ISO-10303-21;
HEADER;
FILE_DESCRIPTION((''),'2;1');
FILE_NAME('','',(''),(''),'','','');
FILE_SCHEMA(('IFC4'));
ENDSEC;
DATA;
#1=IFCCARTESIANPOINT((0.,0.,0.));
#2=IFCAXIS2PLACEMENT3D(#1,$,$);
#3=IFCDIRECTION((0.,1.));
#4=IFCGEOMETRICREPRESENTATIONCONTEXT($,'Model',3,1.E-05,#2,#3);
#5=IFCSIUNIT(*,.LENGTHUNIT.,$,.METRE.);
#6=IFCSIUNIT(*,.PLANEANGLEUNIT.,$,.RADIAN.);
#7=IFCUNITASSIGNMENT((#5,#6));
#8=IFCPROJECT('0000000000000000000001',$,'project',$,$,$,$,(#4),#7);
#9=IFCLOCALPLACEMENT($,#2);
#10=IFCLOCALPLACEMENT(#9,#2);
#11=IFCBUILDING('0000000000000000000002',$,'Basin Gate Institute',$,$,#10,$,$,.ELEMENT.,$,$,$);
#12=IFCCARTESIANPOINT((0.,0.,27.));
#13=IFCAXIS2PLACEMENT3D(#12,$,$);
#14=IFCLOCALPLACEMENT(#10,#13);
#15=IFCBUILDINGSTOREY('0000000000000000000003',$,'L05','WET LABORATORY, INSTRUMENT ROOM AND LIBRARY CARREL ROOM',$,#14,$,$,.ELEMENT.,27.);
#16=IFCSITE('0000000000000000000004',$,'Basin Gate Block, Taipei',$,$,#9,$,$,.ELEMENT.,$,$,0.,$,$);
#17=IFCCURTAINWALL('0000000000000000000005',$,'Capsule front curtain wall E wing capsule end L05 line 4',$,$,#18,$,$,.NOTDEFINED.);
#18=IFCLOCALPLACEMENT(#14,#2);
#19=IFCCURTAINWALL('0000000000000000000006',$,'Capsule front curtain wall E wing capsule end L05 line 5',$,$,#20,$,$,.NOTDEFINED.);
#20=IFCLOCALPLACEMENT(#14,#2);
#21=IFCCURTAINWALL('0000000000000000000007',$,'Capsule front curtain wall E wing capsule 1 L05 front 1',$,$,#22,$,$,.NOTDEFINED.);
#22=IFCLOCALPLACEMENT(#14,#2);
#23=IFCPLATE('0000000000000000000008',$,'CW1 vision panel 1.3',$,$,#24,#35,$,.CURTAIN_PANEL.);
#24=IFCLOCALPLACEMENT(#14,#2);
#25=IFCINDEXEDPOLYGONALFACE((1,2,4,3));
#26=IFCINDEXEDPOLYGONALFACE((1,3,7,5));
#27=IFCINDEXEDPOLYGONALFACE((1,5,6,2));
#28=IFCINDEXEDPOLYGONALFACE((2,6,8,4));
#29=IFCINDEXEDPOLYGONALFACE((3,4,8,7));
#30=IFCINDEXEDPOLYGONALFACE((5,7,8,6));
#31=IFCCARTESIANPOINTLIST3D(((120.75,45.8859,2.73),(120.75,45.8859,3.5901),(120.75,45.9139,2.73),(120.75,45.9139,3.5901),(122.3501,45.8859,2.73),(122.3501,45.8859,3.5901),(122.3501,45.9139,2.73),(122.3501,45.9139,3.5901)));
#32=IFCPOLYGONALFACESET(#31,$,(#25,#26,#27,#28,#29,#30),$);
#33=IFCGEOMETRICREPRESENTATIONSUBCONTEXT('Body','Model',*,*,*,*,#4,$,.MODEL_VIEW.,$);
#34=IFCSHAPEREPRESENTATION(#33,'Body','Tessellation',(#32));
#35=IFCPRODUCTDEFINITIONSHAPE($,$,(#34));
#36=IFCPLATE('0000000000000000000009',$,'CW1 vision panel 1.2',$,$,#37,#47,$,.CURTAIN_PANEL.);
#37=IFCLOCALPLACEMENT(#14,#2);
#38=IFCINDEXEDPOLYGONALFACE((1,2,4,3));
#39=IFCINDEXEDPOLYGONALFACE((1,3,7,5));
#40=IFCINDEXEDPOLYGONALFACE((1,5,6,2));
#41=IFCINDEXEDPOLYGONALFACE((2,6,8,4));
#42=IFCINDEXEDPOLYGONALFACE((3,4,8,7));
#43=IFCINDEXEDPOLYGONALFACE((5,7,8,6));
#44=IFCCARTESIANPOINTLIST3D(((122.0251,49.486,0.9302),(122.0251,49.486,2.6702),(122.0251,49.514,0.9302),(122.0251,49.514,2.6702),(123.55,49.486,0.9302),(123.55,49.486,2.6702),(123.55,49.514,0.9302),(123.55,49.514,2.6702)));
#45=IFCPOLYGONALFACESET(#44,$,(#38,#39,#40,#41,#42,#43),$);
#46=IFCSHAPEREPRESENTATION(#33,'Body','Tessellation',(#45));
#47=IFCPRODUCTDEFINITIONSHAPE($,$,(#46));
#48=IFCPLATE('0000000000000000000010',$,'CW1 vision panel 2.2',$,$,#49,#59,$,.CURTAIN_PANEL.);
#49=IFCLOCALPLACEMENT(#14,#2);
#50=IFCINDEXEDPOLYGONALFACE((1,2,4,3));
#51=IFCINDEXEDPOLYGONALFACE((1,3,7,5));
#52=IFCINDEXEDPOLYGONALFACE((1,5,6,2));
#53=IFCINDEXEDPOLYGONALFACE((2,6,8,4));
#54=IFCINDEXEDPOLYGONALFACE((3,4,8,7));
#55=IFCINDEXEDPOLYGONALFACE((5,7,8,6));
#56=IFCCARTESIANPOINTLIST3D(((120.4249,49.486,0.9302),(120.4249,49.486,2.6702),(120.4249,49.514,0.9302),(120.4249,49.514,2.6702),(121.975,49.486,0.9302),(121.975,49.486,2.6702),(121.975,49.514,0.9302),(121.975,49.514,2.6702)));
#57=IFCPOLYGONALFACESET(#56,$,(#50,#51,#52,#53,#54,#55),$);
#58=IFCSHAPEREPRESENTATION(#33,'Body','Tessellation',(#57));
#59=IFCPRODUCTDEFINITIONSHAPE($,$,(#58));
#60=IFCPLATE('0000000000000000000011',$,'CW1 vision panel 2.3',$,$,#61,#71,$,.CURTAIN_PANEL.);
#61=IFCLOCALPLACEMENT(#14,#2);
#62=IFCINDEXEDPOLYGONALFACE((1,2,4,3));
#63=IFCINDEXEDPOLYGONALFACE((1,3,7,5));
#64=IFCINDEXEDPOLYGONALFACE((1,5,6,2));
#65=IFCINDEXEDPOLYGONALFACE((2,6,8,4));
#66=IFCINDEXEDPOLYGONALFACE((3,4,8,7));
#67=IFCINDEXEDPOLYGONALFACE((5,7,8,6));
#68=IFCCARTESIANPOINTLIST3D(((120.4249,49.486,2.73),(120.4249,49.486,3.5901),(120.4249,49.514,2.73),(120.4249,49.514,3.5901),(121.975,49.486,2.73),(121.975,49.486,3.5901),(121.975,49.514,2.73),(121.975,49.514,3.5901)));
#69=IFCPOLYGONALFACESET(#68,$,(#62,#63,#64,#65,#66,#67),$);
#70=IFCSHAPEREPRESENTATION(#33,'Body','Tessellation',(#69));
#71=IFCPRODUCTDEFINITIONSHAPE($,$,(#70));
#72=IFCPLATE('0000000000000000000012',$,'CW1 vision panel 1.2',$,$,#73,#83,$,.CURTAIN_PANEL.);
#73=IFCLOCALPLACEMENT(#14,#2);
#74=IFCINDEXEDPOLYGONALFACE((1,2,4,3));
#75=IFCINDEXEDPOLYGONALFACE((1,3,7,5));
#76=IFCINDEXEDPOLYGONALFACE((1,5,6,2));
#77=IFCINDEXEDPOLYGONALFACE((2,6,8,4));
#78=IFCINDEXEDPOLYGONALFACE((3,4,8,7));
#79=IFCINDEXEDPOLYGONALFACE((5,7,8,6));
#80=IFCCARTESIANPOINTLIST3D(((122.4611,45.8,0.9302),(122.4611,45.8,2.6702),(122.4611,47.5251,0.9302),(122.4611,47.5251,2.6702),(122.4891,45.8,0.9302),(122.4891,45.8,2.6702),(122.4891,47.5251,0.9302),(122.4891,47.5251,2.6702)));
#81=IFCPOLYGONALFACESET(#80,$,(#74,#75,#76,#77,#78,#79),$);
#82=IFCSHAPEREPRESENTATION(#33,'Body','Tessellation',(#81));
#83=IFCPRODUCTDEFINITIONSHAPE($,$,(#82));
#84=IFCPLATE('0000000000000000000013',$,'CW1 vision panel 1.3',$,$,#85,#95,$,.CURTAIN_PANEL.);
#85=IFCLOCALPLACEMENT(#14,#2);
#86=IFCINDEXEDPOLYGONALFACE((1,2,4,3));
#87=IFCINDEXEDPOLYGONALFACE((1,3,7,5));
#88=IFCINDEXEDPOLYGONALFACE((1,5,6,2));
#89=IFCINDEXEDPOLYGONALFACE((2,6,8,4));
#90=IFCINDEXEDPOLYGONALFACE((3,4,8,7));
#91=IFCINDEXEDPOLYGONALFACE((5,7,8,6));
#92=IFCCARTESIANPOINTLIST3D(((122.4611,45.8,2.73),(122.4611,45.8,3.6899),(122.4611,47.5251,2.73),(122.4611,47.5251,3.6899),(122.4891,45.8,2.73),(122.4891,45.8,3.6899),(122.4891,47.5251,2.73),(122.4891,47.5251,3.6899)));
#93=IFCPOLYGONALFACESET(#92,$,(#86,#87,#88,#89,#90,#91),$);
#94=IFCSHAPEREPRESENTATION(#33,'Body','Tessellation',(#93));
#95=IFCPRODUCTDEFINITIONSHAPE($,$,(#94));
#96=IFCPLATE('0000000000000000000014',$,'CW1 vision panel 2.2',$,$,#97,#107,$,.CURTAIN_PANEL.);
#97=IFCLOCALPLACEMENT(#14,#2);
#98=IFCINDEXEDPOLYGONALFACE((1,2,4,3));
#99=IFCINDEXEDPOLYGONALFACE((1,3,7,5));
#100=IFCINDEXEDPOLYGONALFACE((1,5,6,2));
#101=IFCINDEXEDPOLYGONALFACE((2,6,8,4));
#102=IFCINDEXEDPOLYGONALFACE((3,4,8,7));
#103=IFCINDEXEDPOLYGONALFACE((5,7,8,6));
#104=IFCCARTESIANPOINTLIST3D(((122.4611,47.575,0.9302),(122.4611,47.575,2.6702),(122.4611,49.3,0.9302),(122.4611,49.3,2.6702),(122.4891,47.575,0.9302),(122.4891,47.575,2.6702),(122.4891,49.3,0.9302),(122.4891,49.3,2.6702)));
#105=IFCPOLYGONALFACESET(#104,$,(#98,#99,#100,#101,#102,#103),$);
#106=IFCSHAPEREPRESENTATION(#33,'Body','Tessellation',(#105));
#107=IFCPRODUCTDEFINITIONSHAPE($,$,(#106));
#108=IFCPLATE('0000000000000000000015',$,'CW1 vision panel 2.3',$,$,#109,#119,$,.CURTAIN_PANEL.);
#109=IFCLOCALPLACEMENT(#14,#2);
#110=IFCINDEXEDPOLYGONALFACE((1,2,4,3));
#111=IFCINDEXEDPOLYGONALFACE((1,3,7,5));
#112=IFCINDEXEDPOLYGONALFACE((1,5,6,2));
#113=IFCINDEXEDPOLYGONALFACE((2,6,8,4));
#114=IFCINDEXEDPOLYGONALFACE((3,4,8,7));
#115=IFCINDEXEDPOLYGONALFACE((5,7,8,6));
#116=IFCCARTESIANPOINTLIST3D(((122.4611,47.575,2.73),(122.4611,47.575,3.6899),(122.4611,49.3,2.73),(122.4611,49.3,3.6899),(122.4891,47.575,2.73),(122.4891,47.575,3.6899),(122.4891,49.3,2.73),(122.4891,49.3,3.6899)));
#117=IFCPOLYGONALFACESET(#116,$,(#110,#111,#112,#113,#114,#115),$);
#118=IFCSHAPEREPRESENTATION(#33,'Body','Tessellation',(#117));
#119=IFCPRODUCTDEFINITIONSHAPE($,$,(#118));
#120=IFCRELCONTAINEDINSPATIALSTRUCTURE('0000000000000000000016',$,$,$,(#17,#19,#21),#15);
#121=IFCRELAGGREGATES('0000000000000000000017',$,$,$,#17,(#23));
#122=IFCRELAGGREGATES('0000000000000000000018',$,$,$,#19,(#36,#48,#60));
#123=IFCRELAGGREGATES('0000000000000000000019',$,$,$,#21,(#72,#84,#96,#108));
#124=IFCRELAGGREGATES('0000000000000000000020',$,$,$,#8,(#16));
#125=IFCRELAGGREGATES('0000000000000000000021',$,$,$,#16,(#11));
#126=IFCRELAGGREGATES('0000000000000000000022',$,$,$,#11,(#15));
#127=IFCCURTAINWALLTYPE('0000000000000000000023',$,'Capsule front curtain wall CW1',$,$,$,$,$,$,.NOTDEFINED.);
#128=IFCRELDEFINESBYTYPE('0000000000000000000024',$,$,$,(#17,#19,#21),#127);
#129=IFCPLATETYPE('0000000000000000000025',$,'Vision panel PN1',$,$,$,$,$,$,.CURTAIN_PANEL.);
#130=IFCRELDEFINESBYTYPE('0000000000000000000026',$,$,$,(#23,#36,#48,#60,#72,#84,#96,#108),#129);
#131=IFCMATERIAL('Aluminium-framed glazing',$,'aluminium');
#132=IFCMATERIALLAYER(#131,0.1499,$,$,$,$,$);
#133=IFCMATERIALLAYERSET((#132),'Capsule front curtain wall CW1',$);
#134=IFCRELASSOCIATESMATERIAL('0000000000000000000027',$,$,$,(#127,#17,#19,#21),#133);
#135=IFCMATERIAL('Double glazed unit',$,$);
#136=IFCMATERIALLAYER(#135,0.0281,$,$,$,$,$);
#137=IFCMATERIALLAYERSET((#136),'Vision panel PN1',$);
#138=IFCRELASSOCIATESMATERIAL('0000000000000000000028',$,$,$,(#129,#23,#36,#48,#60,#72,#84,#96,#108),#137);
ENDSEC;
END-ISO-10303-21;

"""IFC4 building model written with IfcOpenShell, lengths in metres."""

from ifc_helpers import new_model, si_unit, direction, frame, origin, origin_2d, place, context, subcontext, project, spatial, rectangle, extrude, material, layer, layer_set, type_object, element, aggregate, save


model = new_model("IFC4")

# Units and contexts
model_context = context("Model", 3, precision=1e-05, world=origin(), true_north=direction((0.0, 1.0)))
body_context = subcontext(model_context, "Body", "Model", "MODEL_VIEW")
ifc_project = project(units=[si_unit("LENGTHUNIT", "METRE"), si_unit("PLANEANGLEUNIT", "RADIAN")], contexts=[model_context])

# Site, building, storey
site_placement = place(None, origin())
site = spatial("IfcSite", under=ifc_project, at=site_placement, Name="Basin Gate Block, Taipei", CompositionType="ELEMENT", RefElevation=0.0)
building_placement = place(site_placement, origin())
building = spatial("IfcBuilding", under=site, at=building_placement, Name="Basin Gate Institute", CompositionType="ELEMENT")
storey_placement = place(building_placement, frame((0.0, 0.0, 27.0)))
storey = spatial("IfcBuildingStorey", under=building, at=storey_placement, Name="L05", Description="WET LABORATORY, INSTRUMENT ROOM AND LIBRARY CARREL ROOM", CompositionType="ELEMENT", Elevation=27.0)

# Curtain walls
ifc_material_1 = material(Name="Aluminium-framed glazing", Category="aluminium")
ifc_layer_1 = layer(ifc_material_1, 0.1499)
ifc_layer_set_1 = layer_set([ifc_layer_1], Name="Capsule front curtain wall CW1")
curtain_wall_type = type_object("IfcCurtainWallType", Name="Capsule front curtain wall CW1", PredefinedType="NOTDEFINED", material=ifc_layer_set_1)
curtain_wall_1_placement = place(storey_placement, origin())
curtain_wall_1 = element("IfcCurtainWall", 1, at=curtain_wall_1_placement, inside=storey, type_object=curtain_wall_type, material=ifc_layer_set_1, Name="Capsule front curtain wall E wing capsule end L05 line 4", PredefinedType="NOTDEFINED")
curtain_wall_2_placement = place(storey_placement, origin())
curtain_wall_2 = element("IfcCurtainWall", 2, at=curtain_wall_2_placement, inside=storey, type_object=curtain_wall_type, material=ifc_layer_set_1, Name="Capsule front curtain wall E wing capsule end L05 line 5", PredefinedType="NOTDEFINED")
curtain_wall_3_placement = place(storey_placement, origin())
curtain_wall_3 = element("IfcCurtainWall", 3, at=curtain_wall_3_placement, inside=storey, type_object=curtain_wall_type, material=ifc_layer_set_1, Name="Capsule front curtain wall E wing capsule 1 L05 front 1", PredefinedType="NOTDEFINED")

# Plates
ifc_material_2 = material(Name="Double glazed unit")
ifc_layer_2 = layer(ifc_material_2, 0.0281)
ifc_layer_set_2 = layer_set([ifc_layer_2], Name="Vision panel PN1")
plate_type = type_object("IfcPlateType", Name="Vision panel PN1", PredefinedType="CURTAIN_PANEL", material=ifc_layer_set_2)
plate_1_placement = place(storey_placement, frame((121.55, 45.8999, 2.73), z_axis=(0.0, 0.0, 1.0), x_axis=(-1.0, 0.0, 0.0)))
plate_1 = element("IfcPlate", 4, at=plate_1_placement, type_object=plate_type, material=ifc_layer_set_2, Name="CW1 vision panel 1.3", PredefinedType="CURTAIN_PANEL", context=body_context, shape_type="SweptSolid", body=[
    extrude(rectangle(XDim=1.6001, YDim=0.0281, at=origin_2d()), origin(), (0.0, 0.0, 1.0), 0.8601),
])
aggregate(curtain_wall_1, [plate_1])
plate_2_placement = place(storey_placement, frame((122.7876, 49.5, 0.9302), z_axis=(0.0, 0.0, 1.0), x_axis=(-1.0, 0.0, 0.0)))
plate_2 = element("IfcPlate", 5, at=plate_2_placement, type_object=plate_type, material=ifc_layer_set_2, Name="CW1 vision panel 1.2", PredefinedType="CURTAIN_PANEL", context=body_context, shape_type="SweptSolid", body=[
    extrude(rectangle(XDim=1.5249, YDim=0.0281, at=origin_2d()), origin(), (0.0, 0.0, 1.0), 1.74),
])
plate_3_placement = place(storey_placement, frame((121.2, 49.5, 0.9302), z_axis=(0.0, 0.0, 1.0), x_axis=(-1.0, 0.0, 0.0)))
plate_3 = element("IfcPlate", 6, at=plate_3_placement, type_object=plate_type, material=ifc_layer_set_2, Name="CW1 vision panel 2.2", PredefinedType="CURTAIN_PANEL", context=body_context, shape_type="SweptSolid", body=[
    extrude(rectangle(XDim=1.55, YDim=0.0281, at=origin_2d()), origin(), (0.0, 0.0, 1.0), 1.74),
])
plate_4_placement = place(storey_placement, frame((121.2, 49.5, 2.73), z_axis=(0.0, 0.0, 1.0), x_axis=(-1.0, 0.0, 0.0)))
plate_4 = element("IfcPlate", 7, at=plate_4_placement, type_object=plate_type, material=ifc_layer_set_2, Name="CW1 vision panel 2.3", PredefinedType="CURTAIN_PANEL", context=body_context, shape_type="SweptSolid", body=[
    extrude(rectangle(XDim=1.55, YDim=0.0281, at=origin_2d()), origin(), (0.0, 0.0, 1.0), 0.8601),
])
aggregate(curtain_wall_2, [plate_2, plate_3, plate_4])
plate_5_placement = place(storey_placement, frame((122.4751, 46.6626, 0.9302), z_axis=(0.0, 0.0, 1.0), x_axis=(0.0, 1.0, 0.0)))
plate_5 = element("IfcPlate", 8, at=plate_5_placement, type_object=plate_type, material=ifc_layer_set_2, Name="CW1 vision panel 1.2", PredefinedType="CURTAIN_PANEL", context=body_context, shape_type="SweptSolid", body=[
    extrude(rectangle(XDim=1.7251, YDim=0.0281, at=origin_2d()), origin(), (0.0, 0.0, 1.0), 1.74),
])
plate_6_placement = place(storey_placement, frame((122.4751, 46.6626, 2.73), z_axis=(0.0, 0.0, 1.0), x_axis=(0.0, 1.0, 0.0)))
plate_6 = element("IfcPlate", 9, at=plate_6_placement, type_object=plate_type, material=ifc_layer_set_2, Name="CW1 vision panel 1.3", PredefinedType="CURTAIN_PANEL", context=body_context, shape_type="SweptSolid", body=[
    extrude(rectangle(XDim=1.7251, YDim=0.0281, at=origin_2d()), origin(), (0.0, 0.0, 1.0), 0.96),
])
plate_7_placement = place(storey_placement, frame((122.4751, 48.4375, 0.9302), z_axis=(0.0, 0.0, 1.0), x_axis=(0.0, 1.0, 0.0)))
plate_7 = element("IfcPlate", 10, at=plate_7_placement, type_object=plate_type, material=ifc_layer_set_2, Name="CW1 vision panel 2.2", PredefinedType="CURTAIN_PANEL", context=body_context, shape_type="SweptSolid", body=[
    extrude(rectangle(XDim=1.7251, YDim=0.0281, at=origin_2d()), origin(), (0.0, 0.0, 1.0), 1.74),
])
plate_8_placement = place(storey_placement, frame((122.4751, 48.4375, 2.73), z_axis=(0.0, 0.0, 1.0), x_axis=(0.0, 1.0, 0.0)))
plate_8 = element("IfcPlate", 11, at=plate_8_placement, type_object=plate_type, material=ifc_layer_set_2, Name="CW1 vision panel 2.3", PredefinedType="CURTAIN_PANEL", context=body_context, shape_type="SweptSolid", body=[
    extrude(rectangle(XDim=1.7251, YDim=0.0281, at=origin_2d()), origin(), (0.0, 0.0, 1.0), 0.96),
])
aggregate(curtain_wall_3, [plate_5, plate_6, plate_7, plate_8])

save(model, "model.ifc")
